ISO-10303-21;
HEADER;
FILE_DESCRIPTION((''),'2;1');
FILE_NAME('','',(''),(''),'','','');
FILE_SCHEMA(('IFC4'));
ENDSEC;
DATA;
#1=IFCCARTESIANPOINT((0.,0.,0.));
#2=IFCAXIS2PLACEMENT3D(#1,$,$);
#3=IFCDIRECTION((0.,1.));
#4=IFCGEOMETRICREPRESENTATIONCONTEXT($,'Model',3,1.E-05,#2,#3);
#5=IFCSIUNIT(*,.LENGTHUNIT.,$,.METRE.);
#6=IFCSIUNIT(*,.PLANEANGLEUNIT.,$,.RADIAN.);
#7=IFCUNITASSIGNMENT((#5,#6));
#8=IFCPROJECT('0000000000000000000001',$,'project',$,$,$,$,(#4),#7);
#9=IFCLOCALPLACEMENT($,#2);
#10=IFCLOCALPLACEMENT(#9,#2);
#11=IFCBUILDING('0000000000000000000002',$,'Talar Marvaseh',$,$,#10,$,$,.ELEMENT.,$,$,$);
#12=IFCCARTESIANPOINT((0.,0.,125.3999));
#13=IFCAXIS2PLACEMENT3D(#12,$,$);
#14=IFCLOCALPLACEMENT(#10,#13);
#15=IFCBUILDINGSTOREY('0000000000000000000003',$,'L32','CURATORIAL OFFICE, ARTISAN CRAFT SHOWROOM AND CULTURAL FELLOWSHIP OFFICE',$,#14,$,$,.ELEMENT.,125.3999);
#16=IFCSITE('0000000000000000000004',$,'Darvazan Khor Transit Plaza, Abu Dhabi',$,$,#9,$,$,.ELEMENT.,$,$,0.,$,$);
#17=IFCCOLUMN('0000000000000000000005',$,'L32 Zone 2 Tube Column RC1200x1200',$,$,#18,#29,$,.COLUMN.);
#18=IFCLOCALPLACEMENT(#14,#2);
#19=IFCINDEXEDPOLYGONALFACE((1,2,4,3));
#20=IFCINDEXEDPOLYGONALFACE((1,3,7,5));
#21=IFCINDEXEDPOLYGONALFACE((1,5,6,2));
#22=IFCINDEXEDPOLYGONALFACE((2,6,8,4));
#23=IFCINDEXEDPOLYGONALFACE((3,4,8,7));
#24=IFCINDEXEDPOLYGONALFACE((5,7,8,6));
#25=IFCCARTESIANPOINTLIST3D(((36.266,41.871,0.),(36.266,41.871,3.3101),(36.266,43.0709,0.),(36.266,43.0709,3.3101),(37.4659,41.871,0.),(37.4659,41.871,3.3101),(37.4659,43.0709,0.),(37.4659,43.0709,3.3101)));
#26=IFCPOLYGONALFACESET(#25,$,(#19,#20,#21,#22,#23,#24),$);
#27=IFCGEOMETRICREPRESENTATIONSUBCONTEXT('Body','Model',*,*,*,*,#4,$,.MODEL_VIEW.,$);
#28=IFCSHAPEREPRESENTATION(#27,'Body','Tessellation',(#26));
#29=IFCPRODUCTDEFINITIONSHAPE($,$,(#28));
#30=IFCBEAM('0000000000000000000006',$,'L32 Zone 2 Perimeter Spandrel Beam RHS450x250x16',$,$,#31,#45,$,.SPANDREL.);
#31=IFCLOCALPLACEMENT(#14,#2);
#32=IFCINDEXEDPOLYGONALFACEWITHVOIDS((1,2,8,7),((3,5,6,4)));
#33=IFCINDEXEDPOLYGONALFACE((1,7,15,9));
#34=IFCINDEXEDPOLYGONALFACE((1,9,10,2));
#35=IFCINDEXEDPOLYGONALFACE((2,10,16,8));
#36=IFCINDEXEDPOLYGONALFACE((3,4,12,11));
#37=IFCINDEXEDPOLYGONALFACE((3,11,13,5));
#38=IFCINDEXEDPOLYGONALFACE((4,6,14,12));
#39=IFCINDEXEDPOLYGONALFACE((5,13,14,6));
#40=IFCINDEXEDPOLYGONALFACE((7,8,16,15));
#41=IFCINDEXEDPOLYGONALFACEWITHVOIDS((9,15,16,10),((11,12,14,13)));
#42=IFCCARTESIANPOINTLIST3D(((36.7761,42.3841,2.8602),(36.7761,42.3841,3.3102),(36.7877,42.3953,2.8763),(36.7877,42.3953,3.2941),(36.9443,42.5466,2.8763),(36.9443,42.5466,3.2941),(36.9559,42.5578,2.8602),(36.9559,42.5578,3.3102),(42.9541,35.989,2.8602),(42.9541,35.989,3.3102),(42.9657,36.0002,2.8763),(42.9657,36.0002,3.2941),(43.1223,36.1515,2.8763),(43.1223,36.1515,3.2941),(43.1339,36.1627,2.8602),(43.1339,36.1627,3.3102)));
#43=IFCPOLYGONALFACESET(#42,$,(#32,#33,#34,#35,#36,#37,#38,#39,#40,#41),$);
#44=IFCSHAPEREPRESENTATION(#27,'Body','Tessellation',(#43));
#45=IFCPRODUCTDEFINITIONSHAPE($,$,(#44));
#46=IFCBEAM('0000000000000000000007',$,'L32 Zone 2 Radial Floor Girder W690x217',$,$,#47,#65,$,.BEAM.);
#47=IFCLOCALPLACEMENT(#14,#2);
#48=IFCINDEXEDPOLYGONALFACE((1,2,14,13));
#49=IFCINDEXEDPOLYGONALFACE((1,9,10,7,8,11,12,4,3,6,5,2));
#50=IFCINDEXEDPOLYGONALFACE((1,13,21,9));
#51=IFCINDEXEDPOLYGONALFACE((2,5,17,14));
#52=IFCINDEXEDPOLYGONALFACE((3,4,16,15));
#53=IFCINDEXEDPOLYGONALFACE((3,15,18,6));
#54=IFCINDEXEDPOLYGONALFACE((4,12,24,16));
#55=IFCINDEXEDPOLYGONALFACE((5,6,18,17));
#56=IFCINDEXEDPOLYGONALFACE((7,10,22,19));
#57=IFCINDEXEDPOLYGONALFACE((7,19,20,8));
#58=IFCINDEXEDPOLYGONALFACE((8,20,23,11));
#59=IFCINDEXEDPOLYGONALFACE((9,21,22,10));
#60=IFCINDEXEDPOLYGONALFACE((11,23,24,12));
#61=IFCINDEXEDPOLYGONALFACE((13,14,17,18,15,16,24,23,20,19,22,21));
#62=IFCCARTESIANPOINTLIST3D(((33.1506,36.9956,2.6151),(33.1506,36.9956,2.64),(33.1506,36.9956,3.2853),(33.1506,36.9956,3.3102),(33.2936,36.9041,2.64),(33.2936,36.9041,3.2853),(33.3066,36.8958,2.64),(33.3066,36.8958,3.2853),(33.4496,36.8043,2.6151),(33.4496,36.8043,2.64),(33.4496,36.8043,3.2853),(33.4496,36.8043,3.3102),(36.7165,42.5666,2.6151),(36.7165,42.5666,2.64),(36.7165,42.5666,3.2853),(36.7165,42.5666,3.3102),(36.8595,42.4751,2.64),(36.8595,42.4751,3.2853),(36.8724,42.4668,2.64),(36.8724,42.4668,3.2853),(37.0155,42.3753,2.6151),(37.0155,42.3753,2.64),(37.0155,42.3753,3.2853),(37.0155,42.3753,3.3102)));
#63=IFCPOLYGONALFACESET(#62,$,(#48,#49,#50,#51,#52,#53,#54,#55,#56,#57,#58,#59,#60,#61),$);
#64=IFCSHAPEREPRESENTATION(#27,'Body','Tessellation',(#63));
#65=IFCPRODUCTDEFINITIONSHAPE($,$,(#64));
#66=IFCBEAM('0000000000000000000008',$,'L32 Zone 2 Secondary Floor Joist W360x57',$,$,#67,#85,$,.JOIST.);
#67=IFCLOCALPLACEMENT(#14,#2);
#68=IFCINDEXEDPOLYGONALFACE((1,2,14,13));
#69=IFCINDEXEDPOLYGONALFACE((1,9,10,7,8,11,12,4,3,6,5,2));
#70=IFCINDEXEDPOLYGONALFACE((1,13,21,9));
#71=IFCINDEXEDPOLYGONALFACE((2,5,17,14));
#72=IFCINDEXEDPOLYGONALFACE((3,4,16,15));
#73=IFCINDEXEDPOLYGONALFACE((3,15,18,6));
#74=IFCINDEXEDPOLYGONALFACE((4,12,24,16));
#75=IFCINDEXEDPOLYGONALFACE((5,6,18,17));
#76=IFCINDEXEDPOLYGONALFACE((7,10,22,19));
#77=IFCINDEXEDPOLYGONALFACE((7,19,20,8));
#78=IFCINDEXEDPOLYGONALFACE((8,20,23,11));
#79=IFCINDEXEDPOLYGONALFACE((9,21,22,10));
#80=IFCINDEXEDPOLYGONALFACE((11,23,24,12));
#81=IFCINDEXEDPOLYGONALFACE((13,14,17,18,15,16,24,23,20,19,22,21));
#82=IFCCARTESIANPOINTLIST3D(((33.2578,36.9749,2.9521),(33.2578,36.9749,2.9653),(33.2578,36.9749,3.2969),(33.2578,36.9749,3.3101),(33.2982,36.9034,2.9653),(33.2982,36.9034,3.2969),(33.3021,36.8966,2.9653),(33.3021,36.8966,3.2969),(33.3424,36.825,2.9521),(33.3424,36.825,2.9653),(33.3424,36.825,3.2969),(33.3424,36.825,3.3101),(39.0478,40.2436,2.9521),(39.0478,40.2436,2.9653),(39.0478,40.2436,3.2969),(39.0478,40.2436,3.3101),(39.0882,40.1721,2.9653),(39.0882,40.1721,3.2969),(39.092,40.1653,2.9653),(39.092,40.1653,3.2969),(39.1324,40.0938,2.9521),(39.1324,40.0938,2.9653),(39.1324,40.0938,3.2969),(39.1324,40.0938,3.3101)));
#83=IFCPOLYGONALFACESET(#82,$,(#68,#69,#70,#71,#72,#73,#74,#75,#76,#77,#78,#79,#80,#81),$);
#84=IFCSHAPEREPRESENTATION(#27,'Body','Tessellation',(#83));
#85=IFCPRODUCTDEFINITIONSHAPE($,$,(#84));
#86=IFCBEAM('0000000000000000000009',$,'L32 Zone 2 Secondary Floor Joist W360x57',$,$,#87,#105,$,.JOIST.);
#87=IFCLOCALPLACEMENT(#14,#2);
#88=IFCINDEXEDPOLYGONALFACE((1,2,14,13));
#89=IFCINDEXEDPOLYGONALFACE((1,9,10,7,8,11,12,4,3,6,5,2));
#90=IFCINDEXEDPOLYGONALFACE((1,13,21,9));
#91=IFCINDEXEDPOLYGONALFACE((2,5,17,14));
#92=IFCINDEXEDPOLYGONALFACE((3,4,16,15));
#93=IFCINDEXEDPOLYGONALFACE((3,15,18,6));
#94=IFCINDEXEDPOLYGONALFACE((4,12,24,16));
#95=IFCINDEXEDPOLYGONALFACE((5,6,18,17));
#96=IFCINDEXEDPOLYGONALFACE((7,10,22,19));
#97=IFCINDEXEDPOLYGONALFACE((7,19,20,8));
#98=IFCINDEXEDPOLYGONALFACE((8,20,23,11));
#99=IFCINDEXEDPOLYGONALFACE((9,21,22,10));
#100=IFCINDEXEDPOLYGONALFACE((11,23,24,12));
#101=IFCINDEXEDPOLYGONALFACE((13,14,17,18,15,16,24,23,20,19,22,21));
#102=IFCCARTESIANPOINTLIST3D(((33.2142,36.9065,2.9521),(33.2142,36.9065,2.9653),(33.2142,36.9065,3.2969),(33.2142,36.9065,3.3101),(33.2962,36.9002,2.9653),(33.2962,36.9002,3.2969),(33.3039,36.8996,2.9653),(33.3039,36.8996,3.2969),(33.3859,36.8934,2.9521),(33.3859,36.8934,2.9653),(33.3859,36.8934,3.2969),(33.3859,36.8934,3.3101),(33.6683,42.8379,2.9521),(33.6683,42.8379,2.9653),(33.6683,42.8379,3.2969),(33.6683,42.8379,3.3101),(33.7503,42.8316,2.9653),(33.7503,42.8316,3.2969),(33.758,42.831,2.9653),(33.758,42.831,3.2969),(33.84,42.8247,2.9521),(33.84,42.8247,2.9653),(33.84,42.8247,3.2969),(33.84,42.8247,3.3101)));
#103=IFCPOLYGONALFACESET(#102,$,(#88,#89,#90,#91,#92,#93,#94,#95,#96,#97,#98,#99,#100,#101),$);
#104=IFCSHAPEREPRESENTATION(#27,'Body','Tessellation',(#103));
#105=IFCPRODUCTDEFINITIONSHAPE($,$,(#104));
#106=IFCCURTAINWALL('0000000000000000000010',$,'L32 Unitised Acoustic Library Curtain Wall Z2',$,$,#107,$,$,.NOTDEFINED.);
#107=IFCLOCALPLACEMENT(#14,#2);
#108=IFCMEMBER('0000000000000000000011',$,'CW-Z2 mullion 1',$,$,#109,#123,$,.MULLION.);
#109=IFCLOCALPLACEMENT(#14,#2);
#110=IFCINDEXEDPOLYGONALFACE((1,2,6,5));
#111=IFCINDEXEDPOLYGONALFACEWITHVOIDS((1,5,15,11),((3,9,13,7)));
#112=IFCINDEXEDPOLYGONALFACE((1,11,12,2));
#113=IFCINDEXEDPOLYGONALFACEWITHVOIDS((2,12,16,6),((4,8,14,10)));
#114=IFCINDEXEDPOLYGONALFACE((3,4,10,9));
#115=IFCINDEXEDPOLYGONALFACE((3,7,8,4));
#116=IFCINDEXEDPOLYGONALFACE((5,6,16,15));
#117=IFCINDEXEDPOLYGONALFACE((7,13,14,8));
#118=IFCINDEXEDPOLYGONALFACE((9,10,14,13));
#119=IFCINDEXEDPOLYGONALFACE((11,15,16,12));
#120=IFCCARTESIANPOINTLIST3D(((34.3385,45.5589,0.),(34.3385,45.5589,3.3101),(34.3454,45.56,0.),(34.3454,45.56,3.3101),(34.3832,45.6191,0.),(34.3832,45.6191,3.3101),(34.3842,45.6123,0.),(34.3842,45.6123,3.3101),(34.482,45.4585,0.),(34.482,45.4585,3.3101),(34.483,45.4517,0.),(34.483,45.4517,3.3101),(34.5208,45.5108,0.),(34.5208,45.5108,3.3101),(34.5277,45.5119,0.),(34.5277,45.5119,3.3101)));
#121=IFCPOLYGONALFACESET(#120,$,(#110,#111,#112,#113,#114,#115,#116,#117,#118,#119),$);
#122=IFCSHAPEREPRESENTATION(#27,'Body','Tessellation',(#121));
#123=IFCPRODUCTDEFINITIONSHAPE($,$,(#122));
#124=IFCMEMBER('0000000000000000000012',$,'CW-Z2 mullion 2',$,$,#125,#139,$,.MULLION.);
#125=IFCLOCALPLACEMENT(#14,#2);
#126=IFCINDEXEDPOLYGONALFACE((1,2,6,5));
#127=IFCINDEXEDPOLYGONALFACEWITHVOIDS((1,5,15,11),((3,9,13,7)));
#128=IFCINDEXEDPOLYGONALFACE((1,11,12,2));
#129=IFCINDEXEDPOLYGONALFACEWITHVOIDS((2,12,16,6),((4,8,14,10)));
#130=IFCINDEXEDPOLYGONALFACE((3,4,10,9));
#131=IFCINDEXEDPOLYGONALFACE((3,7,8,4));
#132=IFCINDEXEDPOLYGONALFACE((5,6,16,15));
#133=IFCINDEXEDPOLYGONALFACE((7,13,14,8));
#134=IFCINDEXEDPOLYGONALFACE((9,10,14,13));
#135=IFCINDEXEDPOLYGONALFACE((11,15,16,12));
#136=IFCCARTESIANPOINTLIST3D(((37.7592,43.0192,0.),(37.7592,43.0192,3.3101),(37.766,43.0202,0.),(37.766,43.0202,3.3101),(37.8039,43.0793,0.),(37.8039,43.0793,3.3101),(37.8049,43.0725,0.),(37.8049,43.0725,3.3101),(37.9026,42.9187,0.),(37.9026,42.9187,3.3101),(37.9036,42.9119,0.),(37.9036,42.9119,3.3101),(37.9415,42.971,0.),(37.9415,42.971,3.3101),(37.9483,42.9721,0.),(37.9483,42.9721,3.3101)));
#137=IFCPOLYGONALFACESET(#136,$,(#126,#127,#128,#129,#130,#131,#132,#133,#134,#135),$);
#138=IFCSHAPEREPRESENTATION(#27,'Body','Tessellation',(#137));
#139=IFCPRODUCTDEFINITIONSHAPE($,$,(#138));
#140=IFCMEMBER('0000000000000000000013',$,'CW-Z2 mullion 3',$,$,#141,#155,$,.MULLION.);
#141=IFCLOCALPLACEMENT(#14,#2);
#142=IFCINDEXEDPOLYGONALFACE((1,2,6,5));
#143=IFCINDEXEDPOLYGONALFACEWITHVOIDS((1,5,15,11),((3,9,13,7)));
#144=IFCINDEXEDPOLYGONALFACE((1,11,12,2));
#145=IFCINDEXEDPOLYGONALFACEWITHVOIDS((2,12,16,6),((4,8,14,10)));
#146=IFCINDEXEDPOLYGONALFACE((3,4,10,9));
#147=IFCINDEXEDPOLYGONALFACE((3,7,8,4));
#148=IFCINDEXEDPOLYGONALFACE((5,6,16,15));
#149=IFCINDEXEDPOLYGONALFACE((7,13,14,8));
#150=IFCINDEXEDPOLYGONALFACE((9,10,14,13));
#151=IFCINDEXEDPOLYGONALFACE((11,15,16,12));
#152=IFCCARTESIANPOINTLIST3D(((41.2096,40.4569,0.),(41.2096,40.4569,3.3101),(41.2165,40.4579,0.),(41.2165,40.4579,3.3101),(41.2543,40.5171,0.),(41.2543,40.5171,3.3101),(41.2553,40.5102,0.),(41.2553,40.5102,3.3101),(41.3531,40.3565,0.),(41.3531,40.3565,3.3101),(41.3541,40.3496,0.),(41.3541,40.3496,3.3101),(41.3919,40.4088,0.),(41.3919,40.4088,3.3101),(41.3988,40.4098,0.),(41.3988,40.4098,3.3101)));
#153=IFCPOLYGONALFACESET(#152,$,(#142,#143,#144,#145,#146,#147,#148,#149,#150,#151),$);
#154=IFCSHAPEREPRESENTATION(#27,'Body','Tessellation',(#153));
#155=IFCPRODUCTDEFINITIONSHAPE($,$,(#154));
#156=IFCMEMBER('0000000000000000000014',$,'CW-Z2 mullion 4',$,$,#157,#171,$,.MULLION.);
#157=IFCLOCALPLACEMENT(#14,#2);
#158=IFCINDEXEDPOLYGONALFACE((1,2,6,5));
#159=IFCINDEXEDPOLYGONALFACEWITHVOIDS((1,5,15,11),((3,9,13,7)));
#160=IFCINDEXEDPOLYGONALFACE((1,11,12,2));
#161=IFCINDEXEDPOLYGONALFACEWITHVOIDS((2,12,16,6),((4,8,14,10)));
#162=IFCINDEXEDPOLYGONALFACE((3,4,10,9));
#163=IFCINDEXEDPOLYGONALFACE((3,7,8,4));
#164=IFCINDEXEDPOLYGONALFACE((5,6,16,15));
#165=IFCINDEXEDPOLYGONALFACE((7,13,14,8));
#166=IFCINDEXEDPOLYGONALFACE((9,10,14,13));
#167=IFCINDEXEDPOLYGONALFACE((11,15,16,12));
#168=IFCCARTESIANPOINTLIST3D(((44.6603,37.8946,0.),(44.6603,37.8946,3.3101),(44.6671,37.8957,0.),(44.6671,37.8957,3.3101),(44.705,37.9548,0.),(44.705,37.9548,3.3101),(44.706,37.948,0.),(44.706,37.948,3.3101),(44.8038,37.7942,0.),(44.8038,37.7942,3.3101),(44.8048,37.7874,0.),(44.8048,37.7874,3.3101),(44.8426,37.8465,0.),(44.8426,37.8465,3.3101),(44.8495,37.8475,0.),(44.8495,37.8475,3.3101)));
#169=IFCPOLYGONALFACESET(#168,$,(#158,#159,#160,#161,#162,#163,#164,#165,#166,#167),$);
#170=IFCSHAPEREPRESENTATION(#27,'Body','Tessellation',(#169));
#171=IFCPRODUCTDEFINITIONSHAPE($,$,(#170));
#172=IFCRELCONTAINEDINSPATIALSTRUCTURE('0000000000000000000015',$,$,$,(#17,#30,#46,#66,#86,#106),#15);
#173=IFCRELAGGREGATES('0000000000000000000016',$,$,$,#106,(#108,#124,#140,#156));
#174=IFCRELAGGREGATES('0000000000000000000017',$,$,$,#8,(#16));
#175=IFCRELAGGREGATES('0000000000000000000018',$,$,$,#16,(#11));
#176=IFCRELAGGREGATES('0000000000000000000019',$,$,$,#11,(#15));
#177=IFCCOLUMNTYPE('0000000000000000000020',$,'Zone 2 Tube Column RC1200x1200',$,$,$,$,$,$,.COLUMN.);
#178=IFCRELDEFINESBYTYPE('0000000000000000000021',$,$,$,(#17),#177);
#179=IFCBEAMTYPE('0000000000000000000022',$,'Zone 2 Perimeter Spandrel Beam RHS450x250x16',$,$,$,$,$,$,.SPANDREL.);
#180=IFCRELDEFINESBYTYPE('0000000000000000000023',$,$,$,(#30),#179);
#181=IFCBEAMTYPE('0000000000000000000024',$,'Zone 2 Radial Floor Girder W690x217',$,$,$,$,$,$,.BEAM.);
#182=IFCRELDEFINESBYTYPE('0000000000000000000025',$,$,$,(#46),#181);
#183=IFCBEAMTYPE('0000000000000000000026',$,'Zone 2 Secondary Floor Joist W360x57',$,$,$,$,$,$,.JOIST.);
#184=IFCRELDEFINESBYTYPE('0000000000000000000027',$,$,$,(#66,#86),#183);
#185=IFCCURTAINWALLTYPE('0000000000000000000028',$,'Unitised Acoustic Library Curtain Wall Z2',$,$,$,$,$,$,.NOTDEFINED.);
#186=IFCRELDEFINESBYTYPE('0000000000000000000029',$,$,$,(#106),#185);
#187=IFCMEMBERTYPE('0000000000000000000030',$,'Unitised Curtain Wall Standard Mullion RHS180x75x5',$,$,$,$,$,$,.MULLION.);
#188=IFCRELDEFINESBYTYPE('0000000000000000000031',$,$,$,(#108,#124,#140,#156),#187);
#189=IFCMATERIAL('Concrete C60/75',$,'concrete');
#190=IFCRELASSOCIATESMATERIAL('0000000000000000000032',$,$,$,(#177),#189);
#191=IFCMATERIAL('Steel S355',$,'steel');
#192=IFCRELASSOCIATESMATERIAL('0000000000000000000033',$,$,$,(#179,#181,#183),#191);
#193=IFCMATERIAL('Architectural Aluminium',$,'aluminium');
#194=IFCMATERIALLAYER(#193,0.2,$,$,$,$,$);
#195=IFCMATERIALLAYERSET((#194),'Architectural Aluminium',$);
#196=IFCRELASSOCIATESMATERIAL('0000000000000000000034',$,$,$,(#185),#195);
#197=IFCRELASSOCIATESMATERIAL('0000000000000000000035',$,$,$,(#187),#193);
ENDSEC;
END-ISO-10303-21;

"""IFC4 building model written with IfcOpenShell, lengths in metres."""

from ifc_helpers import new_model, si_unit, direction, frame, origin, origin_2d, place, context, subcontext, project, spatial, rectangle, hollow_rectangle, i_section, extrude, source, transform, mapped, material, layer, layer_set, material_profile, profile_set, type_object, type_shapes, element, aggregate, save


model = new_model("IFC4")

# Units and contexts
model_context = context("Model", 3, precision=1e-05, world=origin(), true_north=direction((0.0, 1.0)))
body_context = subcontext(model_context, "Body", "Model", "MODEL_VIEW")
ifc_project = project(units=[si_unit("LENGTHUNIT", "METRE"), si_unit("PLANEANGLEUNIT", "RADIAN")], contexts=[model_context])

# Site, building, storey
site_placement = place(None, origin())
site = spatial("IfcSite", under=ifc_project, at=site_placement, Name="Darvazan Khor Transit Plaza, Abu Dhabi", CompositionType="ELEMENT", RefElevation=0.0)
building_placement = place(site_placement, origin())
building = spatial("IfcBuilding", under=site, at=building_placement, Name="Talar Marvaseh", CompositionType="ELEMENT")
storey_placement = place(building_placement, frame((0.0, 0.0, 125.3999)))
storey = spatial("IfcBuildingStorey", under=building, at=storey_placement, Name="L32", Description="CURATORIAL OFFICE, ARTISAN CRAFT SHOWROOM AND CULTURAL FELLOWSHIP OFFICE", CompositionType="ELEMENT", Elevation=125.3999)

# Column
ifc_material_1 = material(Name="Concrete C60/75", Category="concrete")
ifc_material_profile_1 = material_profile(ifc_material_1, rectangle(XDim=1.2, YDim=1.2, at=origin_2d()), Name="RC1200x1200")
ifc_profile_set_1 = profile_set([ifc_material_profile_1], Name="Concrete C60/75")
column_type = type_object("IfcColumnType", Name="Zone 2 Tube Column RC1200x1200", PredefinedType="COLUMN", material=ifc_profile_set_1)
column_placement = place(storey_placement, frame((36.866, 42.4709, 0.0), z_axis=(0.0, 0.0, 1.0), x_axis=(1.0, 0.0, 0.0)))
element("IfcColumn", 1, at=column_placement, inside=storey, type_object=column_type, Name="L32 Zone 2 Tube Column RC1200x1200", PredefinedType="COLUMN", context=body_context, shape_type="SweptSolid", body=[
    extrude(rectangle(XDim=1.2, YDim=1.2, at=origin_2d()), origin(), (0.0, 0.0, 1.0), 3.3101),
])

# Beams
ifc_material_2 = material(Name="Steel S355", Category="steel")
ifc_material_profile_2 = material_profile(ifc_material_2, hollow_rectangle(XDim=0.25, YDim=0.45, WallThickness=0.0161, at=origin_2d()), Name="RHS450x250x16")
ifc_profile_set_2 = profile_set([ifc_material_profile_2], Name="Steel S355")
beam_type_1 = type_object("IfcBeamType", Name="Zone 2 Perimeter Spandrel Beam RHS450x250x16", PredefinedType="SPANDREL", material=ifc_profile_set_2)
beam_1_placement = place(storey_placement, frame((36.866, 42.4709, 3.0852), z_axis=(0.694797, -0.719206, 0.0), x_axis=(0.719206, 0.694797, 0.0)))
element("IfcBeam", 2, at=beam_1_placement, inside=storey, type_object=beam_type_1, Name="L32 Zone 2 Perimeter Spandrel Beam RHS450x250x16", PredefinedType="SPANDREL", context=body_context, shape_type="SweptSolid", body=[
    extrude(hollow_rectangle(XDim=0.25, YDim=0.45, WallThickness=0.0161, at=origin_2d()), origin(), (0.0, 0.0, 1.0), 8.8918),
])
ifc_material_profile_3 = material_profile(ifc_material_2, i_section(OverallWidth=0.355, OverallDepth=0.6951, WebThickness=0.0154, FlangeThickness=0.0249, at=origin_2d()), Name="W690x217")
ifc_profile_set_3 = profile_set([ifc_material_profile_3], Name="Steel S355")
beam_type_2 = type_object("IfcBeamType", Name="Zone 2 Radial Floor Girder W690x217", PredefinedType="BEAM", material=ifc_profile_set_3)
beam_2_placement = place(storey_placement, frame((36.866, 42.4709, 2.9626), z_axis=(-0.539102, -0.842241, 0.0), x_axis=(0.842241, -0.539102, 0.0)))
element("IfcBeam", 3, at=beam_2_placement, inside=storey, type_object=beam_type_2, Name="L32 Zone 2 Radial Floor Girder W690x217", PredefinedType="BEAM", context=body_context, shape_type="SweptSolid", body=[
    extrude(i_section(OverallWidth=0.355, OverallDepth=0.6951, WebThickness=0.0154, FlangeThickness=0.0249, at=origin_2d()), origin(), (0.0, 0.0, 1.0), 6.6145),
])
ifc_material_profile_4 = material_profile(ifc_material_2, i_section(OverallWidth=0.1721, OverallDepth=0.3579, WebThickness=0.0078, FlangeThickness=0.0132, at=origin_2d()), Name="W360x57")
ifc_profile_set_4 = profile_set([ifc_material_profile_4], Name="Steel S355")
beam_type_3 = type_object("IfcBeamType", Name="Zone 2 Secondary Floor Joist W360x57", PredefinedType="JOIST", material=ifc_profile_set_4)
beam_3_placement = place(storey_placement, frame((39.0901, 40.1687, 3.1311), z_axis=(-0.87081, -0.49162, 0.0), x_axis=(0.49162, -0.87081, 0.0)))
element("IfcBeam", 4, at=beam_3_placement, inside=storey, type_object=beam_type_3, Name="L32 Zone 2 Secondary Floor Joist W360x57", PredefinedType="JOIST", context=body_context, shape_type="SweptSolid", body=[
    extrude(i_section(OverallWidth=0.1721, OverallDepth=0.3579, WebThickness=0.0078, FlangeThickness=0.0132, at=origin_2d()), origin(), (0.0, 0.0, 1.0), 6.6489),
])
beam_4_placement = place(storey_placement, frame((33.7542, 42.8313, 3.1311), z_axis=(-0.076336, -0.997082, 0.0), x_axis=(0.997082, -0.076336, 0.0)))
element("IfcBeam", 5, at=beam_4_placement, inside=storey, type_object=beam_type_3, Name="L32 Zone 2 Secondary Floor Joist W360x57", PredefinedType="JOIST", context=body_context, shape_type="SweptSolid", body=[
    extrude(i_section(OverallWidth=0.1721, OverallDepth=0.3579, WebThickness=0.0078, FlangeThickness=0.0132, at=origin_2d()), origin(), (0.0, 0.0, 1.0), 5.9487),
])

# Curtain wall, members
ifc_material_3 = material(Name="Architectural Aluminium", Category="aluminium")
ifc_layer_1 = layer(ifc_material_3, 0.2)
ifc_layer_set_1 = layer_set([ifc_layer_1], Name="Architectural Aluminium")
curtain_wall_type = type_object("IfcCurtainWallType", Name="Unitised Acoustic Library Curtain Wall Z2", PredefinedType="NOTDEFINED", material=ifc_layer_set_1)
curtain_wall_placement = place(storey_placement, origin())
curtain_wall = element("IfcCurtainWall", 6, at=curtain_wall_placement, inside=storey, type_object=curtain_wall_type, Name="L32 Unitised Acoustic Library Curtain Wall Z2", PredefinedType="NOTDEFINED")
ifc_material_profile_5 = material_profile(ifc_material_3, hollow_rectangle(XDim=0.075, YDim=0.1799, WallThickness=0.0049, at=origin_2d()), Name="RHS180x75x5")
ifc_profile_set_5 = profile_set([ifc_material_profile_5], Name="Architectural Aluminium")
member_type_1 = type_object("IfcMemberType", Name="Unitised Curtain Wall Standard Mullion RHS180x75x5", PredefinedType="MULLION", material=ifc_profile_set_5)
shared_shape_1 = source(origin(), body_context, "Body", "SweptSolid", [
    extrude(hollow_rectangle(XDim=0.075, YDim=0.1799, WallThickness=0.0049, at=origin_2d()), origin(), (0.0, 0.0, 1.0), 3.3101),
])
type_shapes(member_type_1, [shared_shape_1])
member_1_placement = place(storey_placement, frame((34.4331, 45.5354, 0.0), z_axis=(0.0, 0.0, 1.0), x_axis=(0.59617, 0.802858, 0.0)))
member_1 = element("IfcMember", 7, at=member_1_placement, type_object=member_type_1, Name="CW-Z2 mullion 1", PredefinedType="MULLION", context=body_context, shape_type="MappedRepresentation", body=[
    mapped(shared_shape_1, transform((0.0, 0.0, 0.0), x_axis=(1.0, 0.0, 0.0), y_axis=(0.0, 1.0, 0.0), z_axis=(0.0, 0.0, 1.0), scale=1.0)),
])
member_2_placement = place(storey_placement, frame((37.8538, 42.9956, 0.0), z_axis=(0.0, 0.0, 1.0), x_axis=(0.59617, 0.802858, 0.0)))
member_2 = element("IfcMember", 8, at=member_2_placement, type_object=member_type_1, Name="CW-Z2 mullion 2", PredefinedType="MULLION", context=body_context, shape_type="MappedRepresentation", body=[
    mapped(shared_shape_1, transform((0.0, 0.0, 0.0), x_axis=(1.0, 0.0, 0.0), y_axis=(0.0, 1.0, 0.0), z_axis=(0.0, 0.0, 1.0), scale=1.0)),
])
member_3_placement = place(storey_placement, frame((41.3042, 40.4333, 0.0), z_axis=(0.0, 0.0, 1.0), x_axis=(0.59617, 0.802858, 0.0)))
member_3 = element("IfcMember", 9, at=member_3_placement, type_object=member_type_1, Name="CW-Z2 mullion 3", PredefinedType="MULLION", context=body_context, shape_type="MappedRepresentation", body=[
    mapped(shared_shape_1, transform((0.0, 0.0, 0.0), x_axis=(1.0, 0.0, 0.0), y_axis=(0.0, 1.0, 0.0), z_axis=(0.0, 0.0, 1.0), scale=1.0)),
])
member_4_placement = place(storey_placement, frame((44.7549, 37.8711, 0.0), z_axis=(0.0, 0.0, 1.0), x_axis=(0.59617, 0.802858, 0.0)))
member_4 = element("IfcMember", 10, at=member_4_placement, type_object=member_type_1, Name="CW-Z2 mullion 4", PredefinedType="MULLION", context=body_context, shape_type="MappedRepresentation", body=[
    mapped(shared_shape_1, transform((0.0, 0.0, 0.0), x_axis=(1.0, 0.0, 0.0), y_axis=(0.0, 1.0, 0.0), z_axis=(0.0, 0.0, 1.0), scale=1.0)),
])
aggregate(curtain_wall, [member_1, member_2, member_3, member_4])

save(model, "model.ifc")
